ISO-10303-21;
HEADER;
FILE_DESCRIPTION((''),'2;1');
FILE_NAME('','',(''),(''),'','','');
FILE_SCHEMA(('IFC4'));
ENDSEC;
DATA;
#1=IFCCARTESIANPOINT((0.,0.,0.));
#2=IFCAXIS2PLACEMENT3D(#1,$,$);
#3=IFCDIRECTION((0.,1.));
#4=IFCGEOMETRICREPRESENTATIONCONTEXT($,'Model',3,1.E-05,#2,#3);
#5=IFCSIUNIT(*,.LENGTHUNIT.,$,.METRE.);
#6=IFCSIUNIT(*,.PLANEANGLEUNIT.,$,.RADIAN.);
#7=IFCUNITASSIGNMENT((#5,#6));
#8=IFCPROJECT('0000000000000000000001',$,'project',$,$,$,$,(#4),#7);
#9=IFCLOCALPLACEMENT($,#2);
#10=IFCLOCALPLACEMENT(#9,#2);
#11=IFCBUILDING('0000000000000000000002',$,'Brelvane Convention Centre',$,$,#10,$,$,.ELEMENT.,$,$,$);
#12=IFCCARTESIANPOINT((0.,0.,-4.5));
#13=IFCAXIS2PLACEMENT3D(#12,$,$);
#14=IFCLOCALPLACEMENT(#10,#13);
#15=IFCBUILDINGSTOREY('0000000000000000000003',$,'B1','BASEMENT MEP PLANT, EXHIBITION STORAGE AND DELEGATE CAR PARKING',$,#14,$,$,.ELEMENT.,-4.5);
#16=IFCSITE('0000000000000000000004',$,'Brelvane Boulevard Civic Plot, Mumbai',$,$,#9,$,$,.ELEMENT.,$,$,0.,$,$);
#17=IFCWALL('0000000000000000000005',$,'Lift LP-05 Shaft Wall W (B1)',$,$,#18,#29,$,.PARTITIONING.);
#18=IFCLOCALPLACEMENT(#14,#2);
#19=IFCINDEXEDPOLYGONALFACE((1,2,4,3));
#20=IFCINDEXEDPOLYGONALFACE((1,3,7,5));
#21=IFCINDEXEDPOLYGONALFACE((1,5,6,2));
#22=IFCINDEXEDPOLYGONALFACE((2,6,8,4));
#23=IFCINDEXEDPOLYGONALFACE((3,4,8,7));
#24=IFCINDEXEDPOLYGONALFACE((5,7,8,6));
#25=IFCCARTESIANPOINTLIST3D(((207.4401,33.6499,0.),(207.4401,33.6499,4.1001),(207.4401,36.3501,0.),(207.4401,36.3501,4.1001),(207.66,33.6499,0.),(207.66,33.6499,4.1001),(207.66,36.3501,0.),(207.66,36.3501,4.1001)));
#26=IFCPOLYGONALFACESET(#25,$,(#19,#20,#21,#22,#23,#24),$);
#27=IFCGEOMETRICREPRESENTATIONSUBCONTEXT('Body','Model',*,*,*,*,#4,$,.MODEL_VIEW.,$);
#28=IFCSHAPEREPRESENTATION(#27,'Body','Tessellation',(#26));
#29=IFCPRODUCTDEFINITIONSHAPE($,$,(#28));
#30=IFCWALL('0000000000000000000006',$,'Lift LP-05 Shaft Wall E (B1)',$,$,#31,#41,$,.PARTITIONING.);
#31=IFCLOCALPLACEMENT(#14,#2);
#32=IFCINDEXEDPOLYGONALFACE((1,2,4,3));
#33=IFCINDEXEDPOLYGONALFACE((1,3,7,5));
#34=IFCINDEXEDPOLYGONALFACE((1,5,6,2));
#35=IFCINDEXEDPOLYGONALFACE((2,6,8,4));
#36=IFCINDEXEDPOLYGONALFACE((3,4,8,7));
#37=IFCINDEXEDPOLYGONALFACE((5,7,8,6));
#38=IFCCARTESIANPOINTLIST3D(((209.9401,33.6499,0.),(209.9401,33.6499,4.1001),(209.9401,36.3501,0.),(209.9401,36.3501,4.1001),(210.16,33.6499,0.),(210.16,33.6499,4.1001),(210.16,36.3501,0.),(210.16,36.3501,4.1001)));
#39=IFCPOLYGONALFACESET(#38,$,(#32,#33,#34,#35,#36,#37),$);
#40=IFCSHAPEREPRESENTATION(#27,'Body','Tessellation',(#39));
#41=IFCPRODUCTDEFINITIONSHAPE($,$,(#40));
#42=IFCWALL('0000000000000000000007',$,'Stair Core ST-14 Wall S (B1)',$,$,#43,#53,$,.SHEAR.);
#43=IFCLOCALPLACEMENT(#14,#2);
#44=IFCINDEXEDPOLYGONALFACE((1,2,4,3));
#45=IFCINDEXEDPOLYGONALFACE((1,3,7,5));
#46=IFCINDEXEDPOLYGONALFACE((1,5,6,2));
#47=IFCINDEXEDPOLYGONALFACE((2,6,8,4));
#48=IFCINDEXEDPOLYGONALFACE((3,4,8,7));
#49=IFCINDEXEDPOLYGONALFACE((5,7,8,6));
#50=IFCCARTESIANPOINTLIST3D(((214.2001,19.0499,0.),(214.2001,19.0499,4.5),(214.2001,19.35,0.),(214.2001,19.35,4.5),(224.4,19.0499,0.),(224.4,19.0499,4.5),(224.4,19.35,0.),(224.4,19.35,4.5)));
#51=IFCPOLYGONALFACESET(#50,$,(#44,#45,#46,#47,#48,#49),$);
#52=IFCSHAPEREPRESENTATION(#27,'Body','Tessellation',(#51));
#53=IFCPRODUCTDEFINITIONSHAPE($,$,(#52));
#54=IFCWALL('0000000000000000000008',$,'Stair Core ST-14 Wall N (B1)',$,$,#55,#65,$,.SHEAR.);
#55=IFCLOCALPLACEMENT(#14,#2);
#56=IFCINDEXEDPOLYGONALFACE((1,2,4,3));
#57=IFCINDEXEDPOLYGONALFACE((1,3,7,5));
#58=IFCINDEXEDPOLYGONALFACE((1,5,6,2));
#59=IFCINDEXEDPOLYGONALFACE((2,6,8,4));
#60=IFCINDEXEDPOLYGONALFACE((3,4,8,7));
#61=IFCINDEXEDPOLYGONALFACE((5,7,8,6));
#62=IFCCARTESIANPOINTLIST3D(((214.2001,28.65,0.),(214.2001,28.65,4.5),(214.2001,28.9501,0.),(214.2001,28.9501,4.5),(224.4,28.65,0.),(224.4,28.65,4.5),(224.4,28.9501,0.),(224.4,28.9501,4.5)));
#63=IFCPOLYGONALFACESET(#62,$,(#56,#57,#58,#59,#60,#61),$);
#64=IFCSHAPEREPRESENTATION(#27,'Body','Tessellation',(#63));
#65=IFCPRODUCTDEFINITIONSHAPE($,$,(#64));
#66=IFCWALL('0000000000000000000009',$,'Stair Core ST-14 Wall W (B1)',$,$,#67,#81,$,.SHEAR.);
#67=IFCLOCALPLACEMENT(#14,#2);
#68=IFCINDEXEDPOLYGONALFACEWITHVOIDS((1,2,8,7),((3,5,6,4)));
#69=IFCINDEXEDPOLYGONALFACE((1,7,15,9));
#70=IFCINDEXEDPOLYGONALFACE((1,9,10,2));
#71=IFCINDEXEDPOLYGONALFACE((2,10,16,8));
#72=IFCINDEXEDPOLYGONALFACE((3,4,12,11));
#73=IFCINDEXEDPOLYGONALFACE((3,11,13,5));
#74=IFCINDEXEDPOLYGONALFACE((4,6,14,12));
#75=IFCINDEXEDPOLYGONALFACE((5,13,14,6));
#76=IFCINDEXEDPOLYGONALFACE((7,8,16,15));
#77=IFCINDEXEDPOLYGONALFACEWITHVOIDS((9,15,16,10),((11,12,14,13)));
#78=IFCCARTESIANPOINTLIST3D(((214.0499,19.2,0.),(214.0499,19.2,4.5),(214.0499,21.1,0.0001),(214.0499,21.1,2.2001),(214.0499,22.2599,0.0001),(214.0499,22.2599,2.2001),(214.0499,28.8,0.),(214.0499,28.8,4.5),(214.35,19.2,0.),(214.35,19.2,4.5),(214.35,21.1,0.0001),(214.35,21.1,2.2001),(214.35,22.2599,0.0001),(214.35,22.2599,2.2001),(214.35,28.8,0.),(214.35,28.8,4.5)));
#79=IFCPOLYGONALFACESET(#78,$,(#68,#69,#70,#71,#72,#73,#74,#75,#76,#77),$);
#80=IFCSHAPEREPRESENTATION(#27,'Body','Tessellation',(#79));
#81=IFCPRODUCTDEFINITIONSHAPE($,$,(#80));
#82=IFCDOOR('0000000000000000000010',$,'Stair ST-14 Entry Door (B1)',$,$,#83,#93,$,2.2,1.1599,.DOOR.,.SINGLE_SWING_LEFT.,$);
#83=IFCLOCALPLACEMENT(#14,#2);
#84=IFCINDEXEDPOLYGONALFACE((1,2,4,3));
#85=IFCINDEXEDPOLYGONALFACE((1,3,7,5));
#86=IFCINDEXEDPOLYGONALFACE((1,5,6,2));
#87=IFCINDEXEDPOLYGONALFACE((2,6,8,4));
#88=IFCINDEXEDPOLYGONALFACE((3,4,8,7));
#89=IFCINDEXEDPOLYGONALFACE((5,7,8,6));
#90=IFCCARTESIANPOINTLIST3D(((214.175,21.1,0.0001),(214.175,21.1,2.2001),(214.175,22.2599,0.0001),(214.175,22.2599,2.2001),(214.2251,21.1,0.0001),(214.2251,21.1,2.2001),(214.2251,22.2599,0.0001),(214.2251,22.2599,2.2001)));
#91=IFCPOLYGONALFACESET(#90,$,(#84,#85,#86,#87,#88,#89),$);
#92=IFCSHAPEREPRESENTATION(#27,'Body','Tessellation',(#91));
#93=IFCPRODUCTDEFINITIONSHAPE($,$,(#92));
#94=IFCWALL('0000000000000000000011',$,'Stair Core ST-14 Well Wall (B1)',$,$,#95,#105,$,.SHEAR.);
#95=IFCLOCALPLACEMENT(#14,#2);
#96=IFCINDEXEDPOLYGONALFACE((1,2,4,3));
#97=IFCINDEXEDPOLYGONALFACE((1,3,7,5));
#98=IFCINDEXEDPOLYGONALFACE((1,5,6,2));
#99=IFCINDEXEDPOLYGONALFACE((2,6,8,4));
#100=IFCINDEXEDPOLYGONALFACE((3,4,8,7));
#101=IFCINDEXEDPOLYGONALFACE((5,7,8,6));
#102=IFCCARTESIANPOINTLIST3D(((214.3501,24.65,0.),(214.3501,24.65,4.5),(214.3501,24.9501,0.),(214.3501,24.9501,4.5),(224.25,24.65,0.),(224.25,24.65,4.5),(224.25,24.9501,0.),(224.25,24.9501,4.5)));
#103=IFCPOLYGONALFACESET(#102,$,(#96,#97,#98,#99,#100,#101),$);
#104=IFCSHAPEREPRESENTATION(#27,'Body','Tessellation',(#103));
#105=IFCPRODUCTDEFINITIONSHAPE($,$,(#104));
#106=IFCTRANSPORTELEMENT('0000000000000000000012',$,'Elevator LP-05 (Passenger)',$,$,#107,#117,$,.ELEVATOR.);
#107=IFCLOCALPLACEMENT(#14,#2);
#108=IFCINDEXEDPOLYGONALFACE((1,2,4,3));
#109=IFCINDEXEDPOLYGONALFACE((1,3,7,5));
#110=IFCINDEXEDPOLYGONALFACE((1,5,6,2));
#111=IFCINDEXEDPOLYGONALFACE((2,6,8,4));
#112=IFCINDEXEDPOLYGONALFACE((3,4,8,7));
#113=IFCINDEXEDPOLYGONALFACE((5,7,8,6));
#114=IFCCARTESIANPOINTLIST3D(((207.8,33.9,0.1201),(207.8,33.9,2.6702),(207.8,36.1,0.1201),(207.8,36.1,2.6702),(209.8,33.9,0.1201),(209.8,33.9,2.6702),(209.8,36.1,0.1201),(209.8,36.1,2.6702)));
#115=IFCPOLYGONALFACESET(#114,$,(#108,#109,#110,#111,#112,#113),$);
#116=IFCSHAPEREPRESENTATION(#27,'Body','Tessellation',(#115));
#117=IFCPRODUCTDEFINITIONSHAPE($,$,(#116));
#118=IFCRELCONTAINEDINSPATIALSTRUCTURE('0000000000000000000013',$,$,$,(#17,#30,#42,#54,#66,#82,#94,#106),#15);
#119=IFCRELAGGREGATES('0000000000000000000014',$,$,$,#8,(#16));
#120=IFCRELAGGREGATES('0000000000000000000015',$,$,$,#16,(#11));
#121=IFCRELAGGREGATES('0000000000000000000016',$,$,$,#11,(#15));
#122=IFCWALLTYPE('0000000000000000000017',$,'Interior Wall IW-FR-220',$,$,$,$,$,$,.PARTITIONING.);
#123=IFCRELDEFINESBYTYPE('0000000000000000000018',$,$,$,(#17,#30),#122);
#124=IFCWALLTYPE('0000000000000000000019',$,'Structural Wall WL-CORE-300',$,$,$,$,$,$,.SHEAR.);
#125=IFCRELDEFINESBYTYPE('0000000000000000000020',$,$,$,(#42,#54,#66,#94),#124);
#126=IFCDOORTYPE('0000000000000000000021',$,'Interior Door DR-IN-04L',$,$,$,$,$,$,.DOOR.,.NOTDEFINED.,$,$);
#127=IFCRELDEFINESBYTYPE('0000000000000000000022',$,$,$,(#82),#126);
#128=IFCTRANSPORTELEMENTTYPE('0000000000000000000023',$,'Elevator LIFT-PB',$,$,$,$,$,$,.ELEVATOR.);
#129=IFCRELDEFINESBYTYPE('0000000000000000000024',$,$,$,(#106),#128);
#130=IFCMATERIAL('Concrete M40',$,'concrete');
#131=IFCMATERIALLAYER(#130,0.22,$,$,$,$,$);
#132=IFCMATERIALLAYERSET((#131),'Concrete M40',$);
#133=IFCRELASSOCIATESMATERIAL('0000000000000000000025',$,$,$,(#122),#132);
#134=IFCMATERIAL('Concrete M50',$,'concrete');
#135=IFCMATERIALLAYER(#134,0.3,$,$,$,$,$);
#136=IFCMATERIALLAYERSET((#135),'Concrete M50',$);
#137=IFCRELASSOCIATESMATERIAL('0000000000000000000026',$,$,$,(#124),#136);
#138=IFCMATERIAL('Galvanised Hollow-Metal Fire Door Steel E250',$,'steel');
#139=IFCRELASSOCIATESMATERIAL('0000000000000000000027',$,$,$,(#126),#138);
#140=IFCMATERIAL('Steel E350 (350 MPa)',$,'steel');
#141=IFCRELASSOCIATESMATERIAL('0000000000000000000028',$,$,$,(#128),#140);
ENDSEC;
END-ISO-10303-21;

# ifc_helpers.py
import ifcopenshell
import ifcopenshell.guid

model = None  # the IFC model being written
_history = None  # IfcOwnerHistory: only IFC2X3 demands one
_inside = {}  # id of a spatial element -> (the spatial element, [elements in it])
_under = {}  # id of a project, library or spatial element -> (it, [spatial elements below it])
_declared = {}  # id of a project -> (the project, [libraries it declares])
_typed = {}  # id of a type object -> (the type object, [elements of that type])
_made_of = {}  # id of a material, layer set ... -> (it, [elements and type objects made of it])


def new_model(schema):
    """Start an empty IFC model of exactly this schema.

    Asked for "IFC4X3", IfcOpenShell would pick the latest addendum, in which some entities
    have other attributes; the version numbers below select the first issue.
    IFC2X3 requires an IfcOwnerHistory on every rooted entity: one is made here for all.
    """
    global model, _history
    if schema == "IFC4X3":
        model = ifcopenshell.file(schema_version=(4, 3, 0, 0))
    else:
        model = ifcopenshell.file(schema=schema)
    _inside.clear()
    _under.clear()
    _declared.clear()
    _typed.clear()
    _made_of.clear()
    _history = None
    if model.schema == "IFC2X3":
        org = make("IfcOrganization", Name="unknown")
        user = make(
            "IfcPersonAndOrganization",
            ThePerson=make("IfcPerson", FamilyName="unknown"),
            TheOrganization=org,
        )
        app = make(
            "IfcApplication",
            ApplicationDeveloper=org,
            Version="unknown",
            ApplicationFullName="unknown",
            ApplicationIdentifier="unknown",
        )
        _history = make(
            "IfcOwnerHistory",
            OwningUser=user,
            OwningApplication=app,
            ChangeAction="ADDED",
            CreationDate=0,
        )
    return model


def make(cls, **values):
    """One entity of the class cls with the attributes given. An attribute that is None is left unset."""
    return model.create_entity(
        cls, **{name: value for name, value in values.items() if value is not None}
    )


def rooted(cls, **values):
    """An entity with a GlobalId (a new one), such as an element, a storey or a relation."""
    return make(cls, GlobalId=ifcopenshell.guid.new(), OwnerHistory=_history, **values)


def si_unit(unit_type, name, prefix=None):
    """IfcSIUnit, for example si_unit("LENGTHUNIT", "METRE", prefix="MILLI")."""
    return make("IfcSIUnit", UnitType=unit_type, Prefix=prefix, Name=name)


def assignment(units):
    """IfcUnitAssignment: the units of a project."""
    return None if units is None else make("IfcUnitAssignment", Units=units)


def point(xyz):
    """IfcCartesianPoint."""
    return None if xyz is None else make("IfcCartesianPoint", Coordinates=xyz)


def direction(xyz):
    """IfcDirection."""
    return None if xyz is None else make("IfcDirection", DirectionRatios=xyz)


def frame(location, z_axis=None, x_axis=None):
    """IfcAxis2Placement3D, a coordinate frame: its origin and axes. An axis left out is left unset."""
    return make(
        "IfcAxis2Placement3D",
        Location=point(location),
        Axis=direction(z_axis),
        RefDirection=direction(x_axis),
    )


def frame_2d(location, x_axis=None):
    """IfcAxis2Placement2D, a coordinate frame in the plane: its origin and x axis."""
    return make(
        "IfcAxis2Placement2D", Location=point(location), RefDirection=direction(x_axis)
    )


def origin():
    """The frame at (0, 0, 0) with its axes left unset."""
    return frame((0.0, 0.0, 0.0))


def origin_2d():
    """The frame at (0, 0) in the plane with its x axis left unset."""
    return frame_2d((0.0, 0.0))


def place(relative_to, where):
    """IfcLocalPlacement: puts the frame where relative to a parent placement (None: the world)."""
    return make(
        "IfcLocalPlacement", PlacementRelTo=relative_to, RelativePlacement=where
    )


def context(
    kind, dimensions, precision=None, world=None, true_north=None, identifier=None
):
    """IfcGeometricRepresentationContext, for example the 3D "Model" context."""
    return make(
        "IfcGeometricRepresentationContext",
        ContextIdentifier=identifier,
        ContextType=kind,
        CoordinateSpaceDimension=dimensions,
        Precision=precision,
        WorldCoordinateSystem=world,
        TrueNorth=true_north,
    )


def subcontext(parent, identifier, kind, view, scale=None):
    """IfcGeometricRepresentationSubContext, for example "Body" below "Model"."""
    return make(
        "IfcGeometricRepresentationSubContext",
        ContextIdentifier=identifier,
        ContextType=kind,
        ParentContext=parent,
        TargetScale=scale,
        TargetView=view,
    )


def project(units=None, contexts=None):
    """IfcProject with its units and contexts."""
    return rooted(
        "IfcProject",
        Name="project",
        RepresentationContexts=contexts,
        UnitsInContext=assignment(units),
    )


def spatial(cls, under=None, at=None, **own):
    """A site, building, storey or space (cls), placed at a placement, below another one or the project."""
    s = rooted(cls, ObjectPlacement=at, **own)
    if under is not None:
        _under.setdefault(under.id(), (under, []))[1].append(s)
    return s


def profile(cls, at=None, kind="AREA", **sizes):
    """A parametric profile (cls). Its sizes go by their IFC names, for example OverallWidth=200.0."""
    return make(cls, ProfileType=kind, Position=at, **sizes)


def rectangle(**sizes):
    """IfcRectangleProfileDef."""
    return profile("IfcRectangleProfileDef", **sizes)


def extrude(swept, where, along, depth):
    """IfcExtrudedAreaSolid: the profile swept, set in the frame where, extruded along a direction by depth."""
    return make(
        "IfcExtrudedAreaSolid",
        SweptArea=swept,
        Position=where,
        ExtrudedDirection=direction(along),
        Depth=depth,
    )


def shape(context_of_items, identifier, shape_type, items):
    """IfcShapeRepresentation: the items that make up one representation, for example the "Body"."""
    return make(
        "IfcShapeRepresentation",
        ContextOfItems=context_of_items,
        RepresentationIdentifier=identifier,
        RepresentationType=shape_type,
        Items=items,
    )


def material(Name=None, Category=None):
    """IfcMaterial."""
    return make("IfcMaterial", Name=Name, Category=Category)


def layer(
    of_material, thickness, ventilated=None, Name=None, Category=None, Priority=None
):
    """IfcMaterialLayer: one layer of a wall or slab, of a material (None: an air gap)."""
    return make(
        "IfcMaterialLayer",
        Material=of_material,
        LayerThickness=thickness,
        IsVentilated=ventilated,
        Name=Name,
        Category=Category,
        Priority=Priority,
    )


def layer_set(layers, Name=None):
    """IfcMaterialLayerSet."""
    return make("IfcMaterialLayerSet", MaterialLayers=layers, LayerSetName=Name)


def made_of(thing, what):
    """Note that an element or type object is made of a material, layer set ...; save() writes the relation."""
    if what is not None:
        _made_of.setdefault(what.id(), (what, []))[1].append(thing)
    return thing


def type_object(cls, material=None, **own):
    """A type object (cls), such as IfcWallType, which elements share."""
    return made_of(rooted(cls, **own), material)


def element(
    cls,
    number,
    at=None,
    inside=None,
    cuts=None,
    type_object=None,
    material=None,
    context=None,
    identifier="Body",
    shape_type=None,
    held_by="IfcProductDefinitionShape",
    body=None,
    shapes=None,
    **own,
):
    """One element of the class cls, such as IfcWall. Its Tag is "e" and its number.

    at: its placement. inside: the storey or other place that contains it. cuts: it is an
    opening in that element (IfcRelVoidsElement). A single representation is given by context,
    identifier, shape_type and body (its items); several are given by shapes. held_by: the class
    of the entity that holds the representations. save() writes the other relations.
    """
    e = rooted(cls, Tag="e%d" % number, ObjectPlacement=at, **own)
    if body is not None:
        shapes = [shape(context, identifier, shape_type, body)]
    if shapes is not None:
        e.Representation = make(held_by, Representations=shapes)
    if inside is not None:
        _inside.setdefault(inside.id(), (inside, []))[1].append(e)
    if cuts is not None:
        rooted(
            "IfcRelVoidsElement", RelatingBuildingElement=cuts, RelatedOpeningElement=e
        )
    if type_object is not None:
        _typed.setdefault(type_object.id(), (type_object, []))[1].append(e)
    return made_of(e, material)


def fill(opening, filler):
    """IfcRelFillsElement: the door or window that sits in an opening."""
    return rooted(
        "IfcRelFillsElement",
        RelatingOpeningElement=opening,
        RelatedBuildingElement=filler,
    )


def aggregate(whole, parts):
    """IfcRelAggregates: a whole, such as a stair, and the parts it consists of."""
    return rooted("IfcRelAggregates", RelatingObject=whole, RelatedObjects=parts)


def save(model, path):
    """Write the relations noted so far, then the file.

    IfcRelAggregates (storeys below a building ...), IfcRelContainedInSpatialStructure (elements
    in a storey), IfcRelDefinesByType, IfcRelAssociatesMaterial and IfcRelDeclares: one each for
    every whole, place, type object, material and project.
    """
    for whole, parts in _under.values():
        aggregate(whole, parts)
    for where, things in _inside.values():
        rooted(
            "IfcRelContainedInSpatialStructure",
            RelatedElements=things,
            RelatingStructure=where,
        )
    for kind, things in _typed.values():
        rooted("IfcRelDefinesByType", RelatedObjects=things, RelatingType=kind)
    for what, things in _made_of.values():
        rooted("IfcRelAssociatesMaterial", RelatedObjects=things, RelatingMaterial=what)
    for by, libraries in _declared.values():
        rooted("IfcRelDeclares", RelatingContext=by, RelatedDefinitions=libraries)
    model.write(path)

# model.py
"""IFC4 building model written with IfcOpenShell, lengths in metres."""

from ifc_helpers import new_model, si_unit, direction, frame, frame_2d, origin, origin_2d, place, context, subcontext, project, spatial, rectangle, extrude, material, layer, layer_set, type_object, element, fill, save


model = new_model("IFC4")

# Units and contexts
model_context = context("Model", 3, precision=1e-05, world=origin(), true_north=direction((0.0, 1.0)))
body_context = subcontext(model_context, "Body", "Model", "MODEL_VIEW")
ifc_project = project(units=[si_unit("LENGTHUNIT", "METRE"), si_unit("PLANEANGLEUNIT", "RADIAN")], contexts=[model_context])

# Site, building, storey
site_placement = place(None, origin())
site = spatial("IfcSite", under=ifc_project, at=site_placement, Name="Brelvane Boulevard Civic Plot, Mumbai", CompositionType="ELEMENT", RefElevation=0.0)
building_placement = place(site_placement, origin())
building = spatial("IfcBuilding", under=site, at=building_placement, Name="Brelvane Convention Centre", CompositionType="ELEMENT")
storey_placement = place(building_placement, frame((0.0, 0.0, -4.5)))
storey = spatial("IfcBuildingStorey", under=building, at=storey_placement, Name="B1", Description="BASEMENT MEP PLANT, EXHIBITION STORAGE AND DELEGATE CAR PARKING", CompositionType="ELEMENT", Elevation=-4.5)

# Shared definitions
ifc_material_1 = material(Name="Concrete M40", Category="concrete")
ifc_layer_1 = layer(ifc_material_1, 0.22)
ifc_layer_set_1 = layer_set([ifc_layer_1], Name="Concrete M40")
wall_type_1 = type_object("IfcWallType", Name="Interior Wall IW-FR-220", PredefinedType="PARTITIONING", material=ifc_layer_set_1)

# Walls
for number, where, z_axis, x_axis, name in (
    (1, (207.55, 33.6499, 0.0), (0.0, 0.0, 1.0), (0.0, 1.0, 0.0), "Lift LP-05 Shaft Wall W (B1)"),
    (2, (210.05, 33.6499, 0.0), (0.0, 0.0, 1.0), (0.0, 1.0, 0.0), "Lift LP-05 Shaft Wall E (B1)"),
):
    element("IfcWall", number, at=place(storey_placement, frame(where, z_axis=z_axis, x_axis=x_axis)), inside=storey, type_object=wall_type_1, Name=name, PredefinedType="PARTITIONING", context=body_context, shape_type="SweptSolid", body=[
        extrude(rectangle(XDim=2.7002, YDim=0.22, at=frame_2d((1.3501, 0.0))), origin(), (0.0, 0.0, 1.0), 4.1001),
    ])
ifc_material_2 = material(Name="Concrete M50", Category="concrete")
ifc_layer_2 = layer(ifc_material_2, 0.3)
ifc_layer_set_2 = layer_set([ifc_layer_2], Name="Concrete M50")
wall_type_2 = type_object("IfcWallType", Name="Structural Wall WL-CORE-300", PredefinedType="SHEAR", material=ifc_layer_set_2)
for number, where, z_axis, x_axis, name in (
    (3, (214.2, 19.2, 0.0), (0.0, 0.0, 1.0), (1.0, 0.0, 0.0), "Stair Core ST-14 Wall S (B1)"),
    (4, (214.2, 28.8, 0.0), (0.0, 0.0, 1.0), (1.0, 0.0, 0.0), "Stair Core ST-14 Wall N (B1)"),
):
    element("IfcWall", number, at=place(storey_placement, frame(where, z_axis=z_axis, x_axis=x_axis)), inside=storey, type_object=wall_type_2, Name=name, PredefinedType="SHEAR", context=body_context, shape_type="SweptSolid", body=[
        extrude(rectangle(XDim=10.2, YDim=0.3, at=frame_2d((5.1001, 0.0))), origin(), (0.0, 0.0, 1.0), 4.5),
    ])

# Wall, opening, door
wall_1_placement = place(storey_placement, frame((214.2, 19.2, 0.0), z_axis=(0.0, 0.0, 1.0), x_axis=(0.0, 1.0, 0.0)))
wall_1 = element("IfcWall", 5, at=wall_1_placement, inside=storey, type_object=wall_type_2, Name="Stair Core ST-14 Wall W (B1)", PredefinedType="SHEAR", context=body_context, shape_type="SweptSolid", body=[
    extrude(rectangle(XDim=9.6001, YDim=0.3, at=frame_2d((4.8, 0.0))), origin(), (0.0, 0.0, 1.0), 4.5),
])
opening_1_placement = place(wall_1_placement, frame((1.8999, 0.0, 0.0)))
opening_1 = element("IfcOpeningElement", 6, at=opening_1_placement, cuts=wall_1, PredefinedType="OPENING", context=body_context, shape_type="SweptSolid", body=[
    extrude(rectangle(XDim=1.1599, YDim=2.2, at=frame_2d((0.5801, 1.1001))), frame((0.0, 0.1599, 0.0), z_axis=(0.0, -1.0, 0.0), x_axis=(1.0, 0.0, 0.0)), (0.0, 0.0, 1.0), 0.3201),
])
ifc_material_3 = material(Name="Galvanised Hollow-Metal Fire Door Steel E250", Category="steel")
door_type_1 = type_object("IfcDoorType", Name="Interior Door DR-IN-04L", OperationType="NOTDEFINED", PredefinedType="DOOR", material=ifc_material_3)
door_1_placement = place(opening_1_placement, origin())
door_1 = element("IfcDoor", 7, at=door_1_placement, inside=storey, type_object=door_type_1, Name="Stair ST-14 Entry Door (B1)", OperationType="SINGLE_SWING_LEFT", OverallHeight=2.2, OverallWidth=1.1599, PredefinedType="DOOR", context=body_context, shape_type="SweptSolid", body=[
    extrude(rectangle(XDim=1.1599, YDim=2.2, at=frame_2d((0.5801, 1.1001))), frame((0.0, 0.0249, 0.0), z_axis=(0.0, -1.0, 0.0), x_axis=(1.0, 0.0, 0.0)), (0.0, 0.0, 1.0), 0.05),
])
fill(opening_1, door_1)

# Wall
wall_2_placement = place(storey_placement, frame((214.3501, 24.8, 0.0), z_axis=(0.0, 0.0, 1.0), x_axis=(1.0, 0.0, 0.0)))
element("IfcWall", 8, at=wall_2_placement, inside=storey, type_object=wall_type_2, Name="Stair Core ST-14 Well Wall (B1)", PredefinedType="SHEAR", context=body_context, shape_type="SweptSolid", body=[
    extrude(rectangle(XDim=9.8999, YDim=0.3, at=frame_2d((4.95, 0.0))), origin(), (0.0, 0.0, 1.0), 4.5),
])

# Transport element
ifc_material_4 = material(Name="Steel E350 (350 MPa)", Category="steel")
transport_element_type = type_object("IfcTransportElementType", Name="Elevator LIFT-PB", PredefinedType="ELEVATOR", material=ifc_material_4)
transport_element_placement = place(storey_placement, frame((208.8, 35.0, 0.1201), z_axis=(0.0, 0.0, 1.0), x_axis=(1.0, 0.0, 0.0)))
element("IfcTransportElement", 9, at=transport_element_placement, inside=storey, type_object=transport_element_type, Name="Elevator LP-05 (Passenger)", PredefinedType="ELEVATOR", context=body_context, shape_type="SweptSolid", body=[
    extrude(rectangle(XDim=2.0, YDim=2.2, at=origin_2d()), origin(), (0.0, 0.0, 1.0), 2.55),
])

save(model, "model.ifc")
